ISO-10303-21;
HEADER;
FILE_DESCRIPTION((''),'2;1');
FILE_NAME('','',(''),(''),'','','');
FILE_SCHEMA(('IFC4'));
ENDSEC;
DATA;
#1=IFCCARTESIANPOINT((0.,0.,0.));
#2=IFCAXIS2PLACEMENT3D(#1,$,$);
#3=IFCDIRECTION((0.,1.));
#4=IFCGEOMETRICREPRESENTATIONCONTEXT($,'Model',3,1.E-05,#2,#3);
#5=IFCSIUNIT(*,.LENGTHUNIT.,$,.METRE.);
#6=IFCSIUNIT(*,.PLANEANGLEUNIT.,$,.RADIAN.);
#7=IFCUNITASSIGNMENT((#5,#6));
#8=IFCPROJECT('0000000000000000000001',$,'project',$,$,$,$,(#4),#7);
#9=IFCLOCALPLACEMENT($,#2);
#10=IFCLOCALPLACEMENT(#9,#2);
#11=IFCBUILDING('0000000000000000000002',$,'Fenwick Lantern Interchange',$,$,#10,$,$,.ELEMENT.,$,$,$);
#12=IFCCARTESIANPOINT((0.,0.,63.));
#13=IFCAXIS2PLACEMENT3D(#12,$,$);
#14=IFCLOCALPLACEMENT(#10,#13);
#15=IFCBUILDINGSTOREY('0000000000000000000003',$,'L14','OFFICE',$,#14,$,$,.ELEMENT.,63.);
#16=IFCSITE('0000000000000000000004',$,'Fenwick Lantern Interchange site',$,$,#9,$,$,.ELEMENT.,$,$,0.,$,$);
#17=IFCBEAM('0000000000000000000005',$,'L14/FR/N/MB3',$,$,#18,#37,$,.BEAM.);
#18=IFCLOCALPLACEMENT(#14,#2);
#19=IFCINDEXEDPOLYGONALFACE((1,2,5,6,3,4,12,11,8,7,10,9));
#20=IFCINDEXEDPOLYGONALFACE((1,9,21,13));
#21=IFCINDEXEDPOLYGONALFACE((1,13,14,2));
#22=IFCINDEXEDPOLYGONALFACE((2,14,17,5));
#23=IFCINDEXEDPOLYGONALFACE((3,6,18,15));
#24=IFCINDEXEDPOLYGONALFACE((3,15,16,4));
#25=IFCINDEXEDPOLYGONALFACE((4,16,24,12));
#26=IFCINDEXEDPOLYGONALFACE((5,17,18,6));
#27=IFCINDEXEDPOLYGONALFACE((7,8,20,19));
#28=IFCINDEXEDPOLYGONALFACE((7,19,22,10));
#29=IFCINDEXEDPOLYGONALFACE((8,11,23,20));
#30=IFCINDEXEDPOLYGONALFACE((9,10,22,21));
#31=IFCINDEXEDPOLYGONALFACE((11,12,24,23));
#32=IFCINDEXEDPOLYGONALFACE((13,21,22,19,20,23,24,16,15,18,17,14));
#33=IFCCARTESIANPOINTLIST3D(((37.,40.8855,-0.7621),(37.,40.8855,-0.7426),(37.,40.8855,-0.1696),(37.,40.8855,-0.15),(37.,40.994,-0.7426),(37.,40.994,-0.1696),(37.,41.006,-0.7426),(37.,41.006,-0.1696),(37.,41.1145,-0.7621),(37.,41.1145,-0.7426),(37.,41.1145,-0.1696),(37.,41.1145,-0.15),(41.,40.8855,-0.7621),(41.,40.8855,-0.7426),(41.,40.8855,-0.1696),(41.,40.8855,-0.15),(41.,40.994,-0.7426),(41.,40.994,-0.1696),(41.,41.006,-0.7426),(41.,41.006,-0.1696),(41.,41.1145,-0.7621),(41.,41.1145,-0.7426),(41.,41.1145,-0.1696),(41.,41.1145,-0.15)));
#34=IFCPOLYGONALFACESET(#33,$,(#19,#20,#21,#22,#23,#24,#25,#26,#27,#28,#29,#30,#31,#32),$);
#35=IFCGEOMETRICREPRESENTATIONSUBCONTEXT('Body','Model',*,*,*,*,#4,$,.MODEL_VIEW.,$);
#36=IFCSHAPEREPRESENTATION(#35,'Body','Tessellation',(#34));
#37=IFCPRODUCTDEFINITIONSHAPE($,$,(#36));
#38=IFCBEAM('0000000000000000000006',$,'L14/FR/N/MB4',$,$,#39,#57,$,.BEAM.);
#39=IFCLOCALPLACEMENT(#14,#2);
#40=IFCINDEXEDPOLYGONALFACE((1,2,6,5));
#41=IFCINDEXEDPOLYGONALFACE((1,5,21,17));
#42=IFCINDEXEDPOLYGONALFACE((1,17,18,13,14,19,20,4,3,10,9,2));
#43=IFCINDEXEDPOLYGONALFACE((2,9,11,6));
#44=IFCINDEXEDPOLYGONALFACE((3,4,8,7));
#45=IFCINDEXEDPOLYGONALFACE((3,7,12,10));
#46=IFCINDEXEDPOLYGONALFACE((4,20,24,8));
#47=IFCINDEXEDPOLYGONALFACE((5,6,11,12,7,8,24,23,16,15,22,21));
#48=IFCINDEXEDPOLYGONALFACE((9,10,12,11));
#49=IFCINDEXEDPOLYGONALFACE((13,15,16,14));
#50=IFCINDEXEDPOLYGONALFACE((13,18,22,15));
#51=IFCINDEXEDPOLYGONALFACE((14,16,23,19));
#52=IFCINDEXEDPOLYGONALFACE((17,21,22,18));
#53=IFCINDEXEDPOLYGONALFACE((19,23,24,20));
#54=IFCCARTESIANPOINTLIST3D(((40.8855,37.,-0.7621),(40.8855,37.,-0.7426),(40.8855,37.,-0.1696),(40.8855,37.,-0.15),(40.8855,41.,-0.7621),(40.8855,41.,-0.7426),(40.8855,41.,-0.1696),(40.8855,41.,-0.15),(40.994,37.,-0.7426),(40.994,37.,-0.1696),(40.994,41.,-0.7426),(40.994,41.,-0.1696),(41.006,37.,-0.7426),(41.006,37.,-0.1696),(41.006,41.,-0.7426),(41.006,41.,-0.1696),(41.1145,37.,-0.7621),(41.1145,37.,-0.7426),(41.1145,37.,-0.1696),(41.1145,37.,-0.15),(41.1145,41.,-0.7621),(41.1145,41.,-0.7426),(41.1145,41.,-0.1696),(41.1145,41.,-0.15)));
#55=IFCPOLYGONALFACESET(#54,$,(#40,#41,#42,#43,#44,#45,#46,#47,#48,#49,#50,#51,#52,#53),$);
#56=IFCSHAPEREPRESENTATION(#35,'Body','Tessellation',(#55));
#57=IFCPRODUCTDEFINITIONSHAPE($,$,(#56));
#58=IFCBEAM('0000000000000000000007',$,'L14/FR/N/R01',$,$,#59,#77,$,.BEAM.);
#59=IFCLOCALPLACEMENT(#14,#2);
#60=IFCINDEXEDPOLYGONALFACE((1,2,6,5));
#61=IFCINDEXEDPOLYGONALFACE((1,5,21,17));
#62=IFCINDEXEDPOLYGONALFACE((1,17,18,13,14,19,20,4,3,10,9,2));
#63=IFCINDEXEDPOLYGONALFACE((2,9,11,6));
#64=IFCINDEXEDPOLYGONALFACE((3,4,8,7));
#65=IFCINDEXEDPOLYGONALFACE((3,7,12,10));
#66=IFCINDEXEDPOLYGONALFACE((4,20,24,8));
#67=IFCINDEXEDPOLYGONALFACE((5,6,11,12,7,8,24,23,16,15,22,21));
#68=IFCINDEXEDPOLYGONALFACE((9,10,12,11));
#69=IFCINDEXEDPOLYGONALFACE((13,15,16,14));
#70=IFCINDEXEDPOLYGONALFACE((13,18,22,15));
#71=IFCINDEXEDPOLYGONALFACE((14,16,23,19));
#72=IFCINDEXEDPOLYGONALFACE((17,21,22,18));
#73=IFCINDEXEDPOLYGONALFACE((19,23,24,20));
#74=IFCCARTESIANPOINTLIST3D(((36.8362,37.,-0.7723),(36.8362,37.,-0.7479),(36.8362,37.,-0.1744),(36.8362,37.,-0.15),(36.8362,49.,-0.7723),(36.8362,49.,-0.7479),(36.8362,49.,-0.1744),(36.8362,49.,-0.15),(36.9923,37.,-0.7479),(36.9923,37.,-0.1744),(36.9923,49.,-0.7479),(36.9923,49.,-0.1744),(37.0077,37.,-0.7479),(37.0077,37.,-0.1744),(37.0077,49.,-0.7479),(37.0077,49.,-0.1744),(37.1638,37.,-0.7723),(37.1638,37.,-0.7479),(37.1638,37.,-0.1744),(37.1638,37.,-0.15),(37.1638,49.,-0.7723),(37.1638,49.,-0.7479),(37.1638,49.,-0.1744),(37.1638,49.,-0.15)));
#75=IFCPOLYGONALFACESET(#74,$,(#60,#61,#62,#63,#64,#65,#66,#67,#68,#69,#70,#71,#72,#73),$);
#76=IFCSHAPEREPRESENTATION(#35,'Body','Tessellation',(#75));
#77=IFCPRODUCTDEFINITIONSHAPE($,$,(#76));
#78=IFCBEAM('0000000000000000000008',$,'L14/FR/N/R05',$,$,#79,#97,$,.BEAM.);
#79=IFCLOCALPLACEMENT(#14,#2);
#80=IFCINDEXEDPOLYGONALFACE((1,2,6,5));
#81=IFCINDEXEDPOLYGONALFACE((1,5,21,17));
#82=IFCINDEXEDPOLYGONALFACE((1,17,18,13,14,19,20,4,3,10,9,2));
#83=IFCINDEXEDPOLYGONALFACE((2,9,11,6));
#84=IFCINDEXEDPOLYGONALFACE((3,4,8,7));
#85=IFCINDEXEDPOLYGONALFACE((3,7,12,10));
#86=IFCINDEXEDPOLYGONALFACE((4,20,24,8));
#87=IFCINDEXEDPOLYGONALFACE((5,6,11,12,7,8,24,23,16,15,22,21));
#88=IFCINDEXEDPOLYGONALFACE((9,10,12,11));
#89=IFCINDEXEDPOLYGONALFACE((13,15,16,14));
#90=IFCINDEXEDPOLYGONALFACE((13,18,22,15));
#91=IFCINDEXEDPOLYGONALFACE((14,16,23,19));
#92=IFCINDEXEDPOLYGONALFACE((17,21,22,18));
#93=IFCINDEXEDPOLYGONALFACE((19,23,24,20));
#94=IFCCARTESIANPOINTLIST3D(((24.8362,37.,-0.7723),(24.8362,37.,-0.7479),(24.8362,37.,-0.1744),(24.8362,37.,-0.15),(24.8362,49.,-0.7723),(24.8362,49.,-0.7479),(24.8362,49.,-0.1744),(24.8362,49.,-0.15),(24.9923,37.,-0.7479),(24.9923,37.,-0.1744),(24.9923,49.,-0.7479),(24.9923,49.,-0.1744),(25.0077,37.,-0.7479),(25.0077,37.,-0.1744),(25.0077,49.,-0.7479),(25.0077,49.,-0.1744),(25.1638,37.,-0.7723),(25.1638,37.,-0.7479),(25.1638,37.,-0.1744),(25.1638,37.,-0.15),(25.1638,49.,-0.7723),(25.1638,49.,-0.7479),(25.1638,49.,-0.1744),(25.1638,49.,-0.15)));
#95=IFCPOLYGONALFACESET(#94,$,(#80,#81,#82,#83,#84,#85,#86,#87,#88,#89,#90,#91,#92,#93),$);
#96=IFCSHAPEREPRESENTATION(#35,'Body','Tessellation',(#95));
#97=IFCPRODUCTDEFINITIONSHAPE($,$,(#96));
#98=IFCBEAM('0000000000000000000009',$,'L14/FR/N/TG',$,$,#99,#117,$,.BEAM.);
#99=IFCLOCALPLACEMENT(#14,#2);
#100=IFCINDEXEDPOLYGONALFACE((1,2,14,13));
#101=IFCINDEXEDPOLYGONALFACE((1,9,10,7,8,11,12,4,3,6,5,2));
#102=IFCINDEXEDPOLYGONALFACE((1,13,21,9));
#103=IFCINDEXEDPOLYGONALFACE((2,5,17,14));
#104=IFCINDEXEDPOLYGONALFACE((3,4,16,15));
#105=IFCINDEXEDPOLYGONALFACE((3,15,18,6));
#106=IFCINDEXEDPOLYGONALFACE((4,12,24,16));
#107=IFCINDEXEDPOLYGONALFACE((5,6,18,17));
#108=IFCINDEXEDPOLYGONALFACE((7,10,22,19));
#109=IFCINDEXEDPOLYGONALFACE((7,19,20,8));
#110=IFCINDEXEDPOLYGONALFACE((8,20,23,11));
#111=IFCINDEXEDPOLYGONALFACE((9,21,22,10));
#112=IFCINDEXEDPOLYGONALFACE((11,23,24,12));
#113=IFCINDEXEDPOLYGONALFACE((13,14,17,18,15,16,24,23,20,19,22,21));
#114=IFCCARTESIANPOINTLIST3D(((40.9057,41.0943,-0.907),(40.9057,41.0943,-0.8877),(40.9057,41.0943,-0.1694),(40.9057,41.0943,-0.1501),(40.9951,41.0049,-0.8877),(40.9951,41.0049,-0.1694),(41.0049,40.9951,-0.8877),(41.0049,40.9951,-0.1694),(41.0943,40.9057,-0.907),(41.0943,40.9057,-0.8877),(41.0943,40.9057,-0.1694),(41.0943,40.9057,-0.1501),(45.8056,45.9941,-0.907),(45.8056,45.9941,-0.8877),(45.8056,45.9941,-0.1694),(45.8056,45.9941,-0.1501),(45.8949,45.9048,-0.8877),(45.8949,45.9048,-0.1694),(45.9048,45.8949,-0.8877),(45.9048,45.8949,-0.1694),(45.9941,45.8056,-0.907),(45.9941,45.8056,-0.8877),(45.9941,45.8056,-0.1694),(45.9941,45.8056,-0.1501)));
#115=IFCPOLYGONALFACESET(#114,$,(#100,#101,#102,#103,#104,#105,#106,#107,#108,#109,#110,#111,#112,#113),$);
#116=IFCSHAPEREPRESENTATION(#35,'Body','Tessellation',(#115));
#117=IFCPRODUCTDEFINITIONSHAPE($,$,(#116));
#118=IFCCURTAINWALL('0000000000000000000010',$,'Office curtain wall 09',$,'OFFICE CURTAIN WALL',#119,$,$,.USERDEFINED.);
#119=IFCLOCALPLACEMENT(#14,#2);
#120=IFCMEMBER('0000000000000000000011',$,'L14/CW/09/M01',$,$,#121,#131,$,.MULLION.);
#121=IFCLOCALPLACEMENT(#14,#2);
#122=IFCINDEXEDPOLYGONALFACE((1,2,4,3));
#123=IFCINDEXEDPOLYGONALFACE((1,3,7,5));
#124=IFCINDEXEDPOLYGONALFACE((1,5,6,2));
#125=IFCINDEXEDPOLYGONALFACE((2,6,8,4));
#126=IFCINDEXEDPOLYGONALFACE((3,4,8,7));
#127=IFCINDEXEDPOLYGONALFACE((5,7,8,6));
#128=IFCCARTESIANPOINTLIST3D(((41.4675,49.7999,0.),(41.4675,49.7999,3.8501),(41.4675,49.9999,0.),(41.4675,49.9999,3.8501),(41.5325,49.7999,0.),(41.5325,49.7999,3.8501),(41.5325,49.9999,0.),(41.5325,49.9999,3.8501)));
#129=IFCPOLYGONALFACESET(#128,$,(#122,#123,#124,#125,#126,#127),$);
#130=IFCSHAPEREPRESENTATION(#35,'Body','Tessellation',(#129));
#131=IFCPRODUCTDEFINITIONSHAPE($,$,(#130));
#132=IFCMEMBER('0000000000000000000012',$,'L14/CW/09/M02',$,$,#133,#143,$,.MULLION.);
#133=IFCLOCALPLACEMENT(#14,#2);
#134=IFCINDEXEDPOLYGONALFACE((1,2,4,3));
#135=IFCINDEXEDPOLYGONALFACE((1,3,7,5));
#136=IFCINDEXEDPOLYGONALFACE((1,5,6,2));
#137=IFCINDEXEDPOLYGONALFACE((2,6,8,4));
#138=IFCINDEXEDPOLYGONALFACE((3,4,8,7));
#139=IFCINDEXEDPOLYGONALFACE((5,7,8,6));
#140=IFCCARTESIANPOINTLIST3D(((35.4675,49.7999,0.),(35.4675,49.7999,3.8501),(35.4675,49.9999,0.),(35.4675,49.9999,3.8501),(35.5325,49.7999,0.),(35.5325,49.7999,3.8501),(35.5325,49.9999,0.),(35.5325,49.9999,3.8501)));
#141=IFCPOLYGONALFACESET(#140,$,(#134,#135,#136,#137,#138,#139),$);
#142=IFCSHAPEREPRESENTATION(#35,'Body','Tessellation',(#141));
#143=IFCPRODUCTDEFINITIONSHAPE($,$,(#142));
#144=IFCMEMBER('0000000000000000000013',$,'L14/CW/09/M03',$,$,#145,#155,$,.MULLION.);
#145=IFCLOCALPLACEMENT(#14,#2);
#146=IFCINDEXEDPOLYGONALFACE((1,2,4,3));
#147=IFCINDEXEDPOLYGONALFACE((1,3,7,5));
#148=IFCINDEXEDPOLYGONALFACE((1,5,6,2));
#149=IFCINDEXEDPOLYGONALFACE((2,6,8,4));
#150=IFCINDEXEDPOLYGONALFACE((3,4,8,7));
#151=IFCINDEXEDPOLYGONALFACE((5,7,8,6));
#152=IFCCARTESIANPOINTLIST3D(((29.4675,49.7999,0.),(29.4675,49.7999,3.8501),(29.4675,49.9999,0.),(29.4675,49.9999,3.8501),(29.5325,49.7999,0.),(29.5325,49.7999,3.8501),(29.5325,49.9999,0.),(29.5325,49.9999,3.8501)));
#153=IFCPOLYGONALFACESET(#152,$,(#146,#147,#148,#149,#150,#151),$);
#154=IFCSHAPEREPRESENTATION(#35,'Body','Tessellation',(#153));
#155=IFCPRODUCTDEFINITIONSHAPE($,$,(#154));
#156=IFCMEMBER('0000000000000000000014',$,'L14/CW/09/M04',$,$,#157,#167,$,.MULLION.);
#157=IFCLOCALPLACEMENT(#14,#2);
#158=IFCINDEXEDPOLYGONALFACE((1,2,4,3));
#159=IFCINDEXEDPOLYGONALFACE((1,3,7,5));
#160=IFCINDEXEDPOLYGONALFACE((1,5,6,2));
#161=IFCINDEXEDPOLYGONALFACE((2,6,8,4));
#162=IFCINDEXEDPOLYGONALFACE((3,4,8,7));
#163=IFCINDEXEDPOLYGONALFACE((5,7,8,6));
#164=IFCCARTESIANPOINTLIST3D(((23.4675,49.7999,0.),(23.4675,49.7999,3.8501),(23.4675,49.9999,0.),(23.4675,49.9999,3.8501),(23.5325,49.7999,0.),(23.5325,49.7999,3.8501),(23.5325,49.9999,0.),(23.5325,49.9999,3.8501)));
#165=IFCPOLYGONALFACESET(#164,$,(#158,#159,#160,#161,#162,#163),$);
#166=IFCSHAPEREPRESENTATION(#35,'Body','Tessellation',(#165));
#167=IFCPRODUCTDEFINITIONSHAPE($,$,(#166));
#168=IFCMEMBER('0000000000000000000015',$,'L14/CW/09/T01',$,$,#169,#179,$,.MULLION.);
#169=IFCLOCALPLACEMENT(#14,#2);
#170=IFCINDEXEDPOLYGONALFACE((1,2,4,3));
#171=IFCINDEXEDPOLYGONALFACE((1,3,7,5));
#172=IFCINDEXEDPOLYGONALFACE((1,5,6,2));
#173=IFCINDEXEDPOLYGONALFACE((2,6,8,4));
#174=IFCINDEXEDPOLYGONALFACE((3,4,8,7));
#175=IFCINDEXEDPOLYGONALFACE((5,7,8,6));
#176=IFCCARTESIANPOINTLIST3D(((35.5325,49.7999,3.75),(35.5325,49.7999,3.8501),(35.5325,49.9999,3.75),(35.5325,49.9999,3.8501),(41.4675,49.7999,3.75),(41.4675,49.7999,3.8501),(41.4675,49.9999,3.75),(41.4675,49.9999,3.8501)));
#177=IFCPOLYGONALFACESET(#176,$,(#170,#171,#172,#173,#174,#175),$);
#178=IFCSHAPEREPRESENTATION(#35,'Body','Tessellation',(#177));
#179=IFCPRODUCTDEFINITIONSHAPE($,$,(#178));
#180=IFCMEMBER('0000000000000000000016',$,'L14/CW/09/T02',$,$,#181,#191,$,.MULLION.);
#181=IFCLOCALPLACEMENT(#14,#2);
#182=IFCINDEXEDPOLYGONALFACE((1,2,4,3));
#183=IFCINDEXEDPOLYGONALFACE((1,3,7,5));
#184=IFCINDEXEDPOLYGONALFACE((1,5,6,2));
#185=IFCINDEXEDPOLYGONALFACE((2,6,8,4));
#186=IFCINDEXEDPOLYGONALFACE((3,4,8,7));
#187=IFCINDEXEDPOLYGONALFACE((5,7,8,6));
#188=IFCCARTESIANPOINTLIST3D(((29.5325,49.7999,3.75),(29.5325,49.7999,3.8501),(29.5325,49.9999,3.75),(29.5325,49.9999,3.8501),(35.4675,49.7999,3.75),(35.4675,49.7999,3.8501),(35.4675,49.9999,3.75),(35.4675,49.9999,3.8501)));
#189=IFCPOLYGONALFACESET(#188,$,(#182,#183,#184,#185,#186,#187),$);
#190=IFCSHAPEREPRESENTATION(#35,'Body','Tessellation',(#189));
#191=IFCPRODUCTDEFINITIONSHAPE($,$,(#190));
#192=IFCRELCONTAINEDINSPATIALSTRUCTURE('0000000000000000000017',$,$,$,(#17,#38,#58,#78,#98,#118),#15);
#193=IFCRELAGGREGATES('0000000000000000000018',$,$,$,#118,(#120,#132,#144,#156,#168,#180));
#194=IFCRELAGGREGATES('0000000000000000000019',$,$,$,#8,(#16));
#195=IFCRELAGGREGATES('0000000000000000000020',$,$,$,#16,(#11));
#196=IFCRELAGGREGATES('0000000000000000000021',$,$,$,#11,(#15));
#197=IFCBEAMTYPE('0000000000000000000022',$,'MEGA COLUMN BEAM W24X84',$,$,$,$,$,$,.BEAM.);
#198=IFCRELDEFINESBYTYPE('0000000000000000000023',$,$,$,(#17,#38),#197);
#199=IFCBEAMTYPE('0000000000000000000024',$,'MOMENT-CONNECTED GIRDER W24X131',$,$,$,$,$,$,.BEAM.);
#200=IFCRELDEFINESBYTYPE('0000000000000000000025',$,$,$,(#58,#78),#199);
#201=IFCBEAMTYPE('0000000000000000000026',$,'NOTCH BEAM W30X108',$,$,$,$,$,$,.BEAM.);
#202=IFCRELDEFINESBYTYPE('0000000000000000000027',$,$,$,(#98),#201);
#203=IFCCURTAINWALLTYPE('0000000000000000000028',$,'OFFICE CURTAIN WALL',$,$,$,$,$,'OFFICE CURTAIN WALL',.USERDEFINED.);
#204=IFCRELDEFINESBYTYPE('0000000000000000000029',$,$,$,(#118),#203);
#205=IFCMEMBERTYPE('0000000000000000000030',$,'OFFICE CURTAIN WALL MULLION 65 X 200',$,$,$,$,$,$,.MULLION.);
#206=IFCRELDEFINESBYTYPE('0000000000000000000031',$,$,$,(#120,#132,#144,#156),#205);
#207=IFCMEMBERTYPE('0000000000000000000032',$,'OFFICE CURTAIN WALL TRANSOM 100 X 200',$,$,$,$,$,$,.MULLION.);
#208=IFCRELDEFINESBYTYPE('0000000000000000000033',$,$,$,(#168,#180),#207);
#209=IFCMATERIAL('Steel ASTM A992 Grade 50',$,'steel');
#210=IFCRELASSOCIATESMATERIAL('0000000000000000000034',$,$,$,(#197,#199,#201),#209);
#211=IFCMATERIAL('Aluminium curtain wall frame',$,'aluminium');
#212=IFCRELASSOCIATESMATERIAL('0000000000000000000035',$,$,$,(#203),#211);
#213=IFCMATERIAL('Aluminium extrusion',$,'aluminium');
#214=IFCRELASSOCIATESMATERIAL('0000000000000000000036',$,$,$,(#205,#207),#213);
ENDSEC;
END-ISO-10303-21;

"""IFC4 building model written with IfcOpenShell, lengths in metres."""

from ifc_helpers import new_model, si_unit, direction, frame, origin, origin_2d, place, context, subcontext, project, spatial, rectangle, i_section, extrude, material, material_profile, profile_set, type_object, element, aggregate, save


model = new_model("IFC4")

# Units and contexts
model_context = context("Model", 3, precision=1e-05, world=origin(), true_north=direction((0.0, 1.0)))
body_context = subcontext(model_context, "Body", "Model", "MODEL_VIEW")
ifc_project = project(units=[si_unit("LENGTHUNIT", "METRE"), si_unit("PLANEANGLEUNIT", "RADIAN")], contexts=[model_context])

# Site, building, storey
site_placement = place(None, origin())
site = spatial("IfcSite", under=ifc_project, at=site_placement, Name="Fenwick Lantern Interchange site", CompositionType="ELEMENT", RefElevation=0.0)
building_placement = place(site_placement, origin())
building = spatial("IfcBuilding", under=site, at=building_placement, Name="Fenwick Lantern Interchange", CompositionType="ELEMENT")
storey_placement = place(building_placement, frame((0.0, 0.0, 63.0)))
storey = spatial("IfcBuildingStorey", under=building, at=storey_placement, Name="L14", Description="OFFICE", CompositionType="ELEMENT", Elevation=63.0)

# Beams
ifc_material_1 = material(Name="Steel ASTM A992 Grade 50", Category="steel")
ifc_material_profile_1 = material_profile(ifc_material_1, i_section(OverallWidth=0.229, OverallDepth=0.6121, WebThickness=0.012, FlangeThickness=0.0195, at=origin_2d()), Name="W24X84")
ifc_profile_set_1 = profile_set([ifc_material_profile_1], Name="Steel ASTM A992 Grade 50")
beam_type_1 = type_object("IfcBeamType", Name="MEGA COLUMN BEAM W24X84", PredefinedType="BEAM", material=ifc_profile_set_1)
for number, where, z_axis, x_axis, name in (
    (1, (41.0, 41.0, -0.4561), (-1.0, 0.0, 0.0), (0.0, -1.0, 0.0), "L14/FR/N/MB3"),
    (2, (41.0, 41.0, -0.4561), (0.0, -1.0, 0.0), (1.0, 0.0, 0.0), "L14/FR/N/MB4"),
):
    element("IfcBeam", number, at=place(storey_placement, frame(where, z_axis=z_axis, x_axis=x_axis)), inside=storey, type_object=beam_type_1, Name=name, PredefinedType="BEAM", context=body_context, shape_type="SweptSolid", body=[
        extrude(i_section(OverallWidth=0.229, OverallDepth=0.6121, WebThickness=0.012, FlangeThickness=0.0195, at=origin_2d()), origin(), (0.0, 0.0, 1.0), 4.0),
    ])
ifc_material_profile_2 = material_profile(ifc_material_1, i_section(OverallWidth=0.3276, OverallDepth=0.6223, WebThickness=0.0154, FlangeThickness=0.0244, at=origin_2d()), Name="W24X131")
ifc_profile_set_2 = profile_set([ifc_material_profile_2], Name="Steel ASTM A992 Grade 50")
beam_type_2 = type_object("IfcBeamType", Name="MOMENT-CONNECTED GIRDER W24X131", PredefinedType="BEAM", material=ifc_profile_set_2)
for number, where, z_axis, x_axis, name in (
    (3, (37.0, 49.0, -0.4612), (0.0, -1.0, 0.0), (1.0, 0.0, 0.0), "L14/FR/N/R01"),
    (4, (25.0, 49.0, -0.4612), (0.0, -1.0, 0.0), (1.0, 0.0, 0.0), "L14/FR/N/R05"),
):
    element("IfcBeam", number, at=place(storey_placement, frame(where, z_axis=z_axis, x_axis=x_axis)), inside=storey, type_object=beam_type_2, Name=name, PredefinedType="BEAM", context=body_context, shape_type="SweptSolid", body=[
        extrude(i_section(OverallWidth=0.3276, OverallDepth=0.6223, WebThickness=0.0154, FlangeThickness=0.0244, at=origin_2d()), origin(), (0.0, 0.0, 1.0), 12.0),
    ])
ifc_material_profile_3 = material_profile(ifc_material_1, i_section(OverallWidth=0.2666, OverallDepth=0.7568, WebThickness=0.0139, FlangeThickness=0.0193, at=origin_2d()), Name="W30X108")
ifc_profile_set_3 = profile_set([ifc_material_profile_3], Name="Steel ASTM A992 Grade 50")
beam_type_3 = type_object("IfcBeamType", Name="NOTCH BEAM W30X108", PredefinedType="BEAM", material=ifc_profile_set_3)
beam_1_placement = place(storey_placement, frame((41.0, 41.0, -0.5286), z_axis=(0.707107, 0.707107, 0.0), x_axis=(-0.707107, 0.707107, 0.0)))
element("IfcBeam", 5, at=beam_1_placement, inside=storey, type_object=beam_type_3, Name="L14/FR/N/TG", PredefinedType="BEAM", context=body_context, shape_type="SweptSolid", body=[
    extrude(i_section(OverallWidth=0.2666, OverallDepth=0.7568, WebThickness=0.0139, FlangeThickness=0.0193, at=origin_2d()), origin(), (0.0, 0.0, 1.0), 6.9294),
])

# Curtain wall, members
ifc_material_2 = material(Name="Aluminium curtain wall frame", Category="aluminium")
curtain_wall_type = type_object("IfcCurtainWallType", Name="OFFICE CURTAIN WALL", ElementType="OFFICE CURTAIN WALL", PredefinedType="USERDEFINED", material=ifc_material_2)
curtain_wall_placement = place(storey_placement, origin())
curtain_wall = element("IfcCurtainWall", 6, at=curtain_wall_placement, inside=storey, type_object=curtain_wall_type, Name="Office curtain wall 09", ObjectType="OFFICE CURTAIN WALL", PredefinedType="USERDEFINED")
ifc_material_3 = material(Name="Aluminium extrusion", Category="aluminium")
ifc_material_profile_4 = material_profile(ifc_material_3, rectangle(XDim=0.2, YDim=0.0649, at=origin_2d()), Name="OFFICE CURTAIN WALL MULLION 65 X 200")
ifc_profile_set_4 = profile_set([ifc_material_profile_4], Name="Aluminium extrusion")
member_type_1 = type_object("IfcMemberType", Name="OFFICE CURTAIN WALL MULLION 65 X 200", PredefinedType="MULLION", material=ifc_profile_set_4)
member_1_placement = place(storey_placement, frame((41.5, 49.8999, 0.0), z_axis=(0.0, 0.0, 1.0), x_axis=(0.0, -1.0, 0.0)))
member_1 = element("IfcMember", 7, at=member_1_placement, type_object=member_type_1, Name="L14/CW/09/M01", PredefinedType="MULLION", context=body_context, shape_type="SweptSolid", body=[
    extrude(rectangle(XDim=0.2, YDim=0.0649, at=origin_2d()), origin(), (0.0, 0.0, 1.0), 3.8501),
])
member_2_placement = place(storey_placement, frame((35.5, 49.8999, 0.0), z_axis=(0.0, 0.0, 1.0), x_axis=(0.0, -1.0, 0.0)))
member_2 = element("IfcMember", 8, at=member_2_placement, type_object=member_type_1, Name="L14/CW/09/M02", PredefinedType="MULLION", context=body_context, shape_type="SweptSolid", body=[
    extrude(rectangle(XDim=0.2, YDim=0.0649, at=origin_2d()), origin(), (0.0, 0.0, 1.0), 3.8501),
])
member_3_placement = place(storey_placement, frame((29.5, 49.8999, 0.0), z_axis=(0.0, 0.0, 1.0), x_axis=(0.0, -1.0, 0.0)))
member_3 = element("IfcMember", 9, at=member_3_placement, type_object=member_type_1, Name="L14/CW/09/M03", PredefinedType="MULLION", context=body_context, shape_type="SweptSolid", body=[
    extrude(rectangle(XDim=0.2, YDim=0.0649, at=origin_2d()), origin(), (0.0, 0.0, 1.0), 3.8501),
])
member_4_placement = place(storey_placement, frame((23.5, 49.8999, 0.0), z_axis=(0.0, 0.0, 1.0), x_axis=(0.0, -1.0, 0.0)))
member_4 = element("IfcMember", 10, at=member_4_placement, type_object=member_type_1, Name="L14/CW/09/M04", PredefinedType="MULLION", context=body_context, shape_type="SweptSolid", body=[
    extrude(rectangle(XDim=0.2, YDim=0.0649, at=origin_2d()), origin(), (0.0, 0.0, 1.0), 3.8501),
])
ifc_material_profile_5 = material_profile(ifc_material_3, rectangle(XDim=0.2, YDim=0.1001, at=origin_2d()), Name="OFFICE CURTAIN WALL TRANSOM 100 X 200")
ifc_profile_set_5 = profile_set([ifc_material_profile_5], Name="Aluminium extrusion")
member_type_2 = type_object("IfcMemberType", Name="OFFICE CURTAIN WALL TRANSOM 100 X 200", PredefinedType="MULLION", material=ifc_profile_set_5)
member_5_placement = place(storey_placement, frame((41.4675, 49.8999, 3.8), z_axis=(-1.0, 0.0, 0.0), x_axis=(0.0, -1.0, 0.0)))
member_5 = element("IfcMember", 11, at=member_5_placement, type_object=member_type_2, Name="L14/CW/09/T01", PredefinedType="MULLION", context=body_context, shape_type="SweptSolid", body=[
    extrude(rectangle(XDim=0.2, YDim=0.1001, at=origin_2d()), origin(), (0.0, 0.0, 1.0), 5.9351),
])
member_6_placement = place(storey_placement, frame((35.4675, 49.8999, 3.8), z_axis=(-1.0, 0.0, 0.0), x_axis=(0.0, -1.0, 0.0)))
member_6 = element("IfcMember", 12, at=member_6_placement, type_object=member_type_2, Name="L14/CW/09/T02", PredefinedType="MULLION", context=body_context, shape_type="SweptSolid", body=[
    extrude(rectangle(XDim=0.2, YDim=0.1001, at=origin_2d()), origin(), (0.0, 0.0, 1.0), 5.9351),
])
aggregate(curtain_wall, [member_1, member_2, member_3, member_4, member_5, member_6])

save(model, "model.ifc")
